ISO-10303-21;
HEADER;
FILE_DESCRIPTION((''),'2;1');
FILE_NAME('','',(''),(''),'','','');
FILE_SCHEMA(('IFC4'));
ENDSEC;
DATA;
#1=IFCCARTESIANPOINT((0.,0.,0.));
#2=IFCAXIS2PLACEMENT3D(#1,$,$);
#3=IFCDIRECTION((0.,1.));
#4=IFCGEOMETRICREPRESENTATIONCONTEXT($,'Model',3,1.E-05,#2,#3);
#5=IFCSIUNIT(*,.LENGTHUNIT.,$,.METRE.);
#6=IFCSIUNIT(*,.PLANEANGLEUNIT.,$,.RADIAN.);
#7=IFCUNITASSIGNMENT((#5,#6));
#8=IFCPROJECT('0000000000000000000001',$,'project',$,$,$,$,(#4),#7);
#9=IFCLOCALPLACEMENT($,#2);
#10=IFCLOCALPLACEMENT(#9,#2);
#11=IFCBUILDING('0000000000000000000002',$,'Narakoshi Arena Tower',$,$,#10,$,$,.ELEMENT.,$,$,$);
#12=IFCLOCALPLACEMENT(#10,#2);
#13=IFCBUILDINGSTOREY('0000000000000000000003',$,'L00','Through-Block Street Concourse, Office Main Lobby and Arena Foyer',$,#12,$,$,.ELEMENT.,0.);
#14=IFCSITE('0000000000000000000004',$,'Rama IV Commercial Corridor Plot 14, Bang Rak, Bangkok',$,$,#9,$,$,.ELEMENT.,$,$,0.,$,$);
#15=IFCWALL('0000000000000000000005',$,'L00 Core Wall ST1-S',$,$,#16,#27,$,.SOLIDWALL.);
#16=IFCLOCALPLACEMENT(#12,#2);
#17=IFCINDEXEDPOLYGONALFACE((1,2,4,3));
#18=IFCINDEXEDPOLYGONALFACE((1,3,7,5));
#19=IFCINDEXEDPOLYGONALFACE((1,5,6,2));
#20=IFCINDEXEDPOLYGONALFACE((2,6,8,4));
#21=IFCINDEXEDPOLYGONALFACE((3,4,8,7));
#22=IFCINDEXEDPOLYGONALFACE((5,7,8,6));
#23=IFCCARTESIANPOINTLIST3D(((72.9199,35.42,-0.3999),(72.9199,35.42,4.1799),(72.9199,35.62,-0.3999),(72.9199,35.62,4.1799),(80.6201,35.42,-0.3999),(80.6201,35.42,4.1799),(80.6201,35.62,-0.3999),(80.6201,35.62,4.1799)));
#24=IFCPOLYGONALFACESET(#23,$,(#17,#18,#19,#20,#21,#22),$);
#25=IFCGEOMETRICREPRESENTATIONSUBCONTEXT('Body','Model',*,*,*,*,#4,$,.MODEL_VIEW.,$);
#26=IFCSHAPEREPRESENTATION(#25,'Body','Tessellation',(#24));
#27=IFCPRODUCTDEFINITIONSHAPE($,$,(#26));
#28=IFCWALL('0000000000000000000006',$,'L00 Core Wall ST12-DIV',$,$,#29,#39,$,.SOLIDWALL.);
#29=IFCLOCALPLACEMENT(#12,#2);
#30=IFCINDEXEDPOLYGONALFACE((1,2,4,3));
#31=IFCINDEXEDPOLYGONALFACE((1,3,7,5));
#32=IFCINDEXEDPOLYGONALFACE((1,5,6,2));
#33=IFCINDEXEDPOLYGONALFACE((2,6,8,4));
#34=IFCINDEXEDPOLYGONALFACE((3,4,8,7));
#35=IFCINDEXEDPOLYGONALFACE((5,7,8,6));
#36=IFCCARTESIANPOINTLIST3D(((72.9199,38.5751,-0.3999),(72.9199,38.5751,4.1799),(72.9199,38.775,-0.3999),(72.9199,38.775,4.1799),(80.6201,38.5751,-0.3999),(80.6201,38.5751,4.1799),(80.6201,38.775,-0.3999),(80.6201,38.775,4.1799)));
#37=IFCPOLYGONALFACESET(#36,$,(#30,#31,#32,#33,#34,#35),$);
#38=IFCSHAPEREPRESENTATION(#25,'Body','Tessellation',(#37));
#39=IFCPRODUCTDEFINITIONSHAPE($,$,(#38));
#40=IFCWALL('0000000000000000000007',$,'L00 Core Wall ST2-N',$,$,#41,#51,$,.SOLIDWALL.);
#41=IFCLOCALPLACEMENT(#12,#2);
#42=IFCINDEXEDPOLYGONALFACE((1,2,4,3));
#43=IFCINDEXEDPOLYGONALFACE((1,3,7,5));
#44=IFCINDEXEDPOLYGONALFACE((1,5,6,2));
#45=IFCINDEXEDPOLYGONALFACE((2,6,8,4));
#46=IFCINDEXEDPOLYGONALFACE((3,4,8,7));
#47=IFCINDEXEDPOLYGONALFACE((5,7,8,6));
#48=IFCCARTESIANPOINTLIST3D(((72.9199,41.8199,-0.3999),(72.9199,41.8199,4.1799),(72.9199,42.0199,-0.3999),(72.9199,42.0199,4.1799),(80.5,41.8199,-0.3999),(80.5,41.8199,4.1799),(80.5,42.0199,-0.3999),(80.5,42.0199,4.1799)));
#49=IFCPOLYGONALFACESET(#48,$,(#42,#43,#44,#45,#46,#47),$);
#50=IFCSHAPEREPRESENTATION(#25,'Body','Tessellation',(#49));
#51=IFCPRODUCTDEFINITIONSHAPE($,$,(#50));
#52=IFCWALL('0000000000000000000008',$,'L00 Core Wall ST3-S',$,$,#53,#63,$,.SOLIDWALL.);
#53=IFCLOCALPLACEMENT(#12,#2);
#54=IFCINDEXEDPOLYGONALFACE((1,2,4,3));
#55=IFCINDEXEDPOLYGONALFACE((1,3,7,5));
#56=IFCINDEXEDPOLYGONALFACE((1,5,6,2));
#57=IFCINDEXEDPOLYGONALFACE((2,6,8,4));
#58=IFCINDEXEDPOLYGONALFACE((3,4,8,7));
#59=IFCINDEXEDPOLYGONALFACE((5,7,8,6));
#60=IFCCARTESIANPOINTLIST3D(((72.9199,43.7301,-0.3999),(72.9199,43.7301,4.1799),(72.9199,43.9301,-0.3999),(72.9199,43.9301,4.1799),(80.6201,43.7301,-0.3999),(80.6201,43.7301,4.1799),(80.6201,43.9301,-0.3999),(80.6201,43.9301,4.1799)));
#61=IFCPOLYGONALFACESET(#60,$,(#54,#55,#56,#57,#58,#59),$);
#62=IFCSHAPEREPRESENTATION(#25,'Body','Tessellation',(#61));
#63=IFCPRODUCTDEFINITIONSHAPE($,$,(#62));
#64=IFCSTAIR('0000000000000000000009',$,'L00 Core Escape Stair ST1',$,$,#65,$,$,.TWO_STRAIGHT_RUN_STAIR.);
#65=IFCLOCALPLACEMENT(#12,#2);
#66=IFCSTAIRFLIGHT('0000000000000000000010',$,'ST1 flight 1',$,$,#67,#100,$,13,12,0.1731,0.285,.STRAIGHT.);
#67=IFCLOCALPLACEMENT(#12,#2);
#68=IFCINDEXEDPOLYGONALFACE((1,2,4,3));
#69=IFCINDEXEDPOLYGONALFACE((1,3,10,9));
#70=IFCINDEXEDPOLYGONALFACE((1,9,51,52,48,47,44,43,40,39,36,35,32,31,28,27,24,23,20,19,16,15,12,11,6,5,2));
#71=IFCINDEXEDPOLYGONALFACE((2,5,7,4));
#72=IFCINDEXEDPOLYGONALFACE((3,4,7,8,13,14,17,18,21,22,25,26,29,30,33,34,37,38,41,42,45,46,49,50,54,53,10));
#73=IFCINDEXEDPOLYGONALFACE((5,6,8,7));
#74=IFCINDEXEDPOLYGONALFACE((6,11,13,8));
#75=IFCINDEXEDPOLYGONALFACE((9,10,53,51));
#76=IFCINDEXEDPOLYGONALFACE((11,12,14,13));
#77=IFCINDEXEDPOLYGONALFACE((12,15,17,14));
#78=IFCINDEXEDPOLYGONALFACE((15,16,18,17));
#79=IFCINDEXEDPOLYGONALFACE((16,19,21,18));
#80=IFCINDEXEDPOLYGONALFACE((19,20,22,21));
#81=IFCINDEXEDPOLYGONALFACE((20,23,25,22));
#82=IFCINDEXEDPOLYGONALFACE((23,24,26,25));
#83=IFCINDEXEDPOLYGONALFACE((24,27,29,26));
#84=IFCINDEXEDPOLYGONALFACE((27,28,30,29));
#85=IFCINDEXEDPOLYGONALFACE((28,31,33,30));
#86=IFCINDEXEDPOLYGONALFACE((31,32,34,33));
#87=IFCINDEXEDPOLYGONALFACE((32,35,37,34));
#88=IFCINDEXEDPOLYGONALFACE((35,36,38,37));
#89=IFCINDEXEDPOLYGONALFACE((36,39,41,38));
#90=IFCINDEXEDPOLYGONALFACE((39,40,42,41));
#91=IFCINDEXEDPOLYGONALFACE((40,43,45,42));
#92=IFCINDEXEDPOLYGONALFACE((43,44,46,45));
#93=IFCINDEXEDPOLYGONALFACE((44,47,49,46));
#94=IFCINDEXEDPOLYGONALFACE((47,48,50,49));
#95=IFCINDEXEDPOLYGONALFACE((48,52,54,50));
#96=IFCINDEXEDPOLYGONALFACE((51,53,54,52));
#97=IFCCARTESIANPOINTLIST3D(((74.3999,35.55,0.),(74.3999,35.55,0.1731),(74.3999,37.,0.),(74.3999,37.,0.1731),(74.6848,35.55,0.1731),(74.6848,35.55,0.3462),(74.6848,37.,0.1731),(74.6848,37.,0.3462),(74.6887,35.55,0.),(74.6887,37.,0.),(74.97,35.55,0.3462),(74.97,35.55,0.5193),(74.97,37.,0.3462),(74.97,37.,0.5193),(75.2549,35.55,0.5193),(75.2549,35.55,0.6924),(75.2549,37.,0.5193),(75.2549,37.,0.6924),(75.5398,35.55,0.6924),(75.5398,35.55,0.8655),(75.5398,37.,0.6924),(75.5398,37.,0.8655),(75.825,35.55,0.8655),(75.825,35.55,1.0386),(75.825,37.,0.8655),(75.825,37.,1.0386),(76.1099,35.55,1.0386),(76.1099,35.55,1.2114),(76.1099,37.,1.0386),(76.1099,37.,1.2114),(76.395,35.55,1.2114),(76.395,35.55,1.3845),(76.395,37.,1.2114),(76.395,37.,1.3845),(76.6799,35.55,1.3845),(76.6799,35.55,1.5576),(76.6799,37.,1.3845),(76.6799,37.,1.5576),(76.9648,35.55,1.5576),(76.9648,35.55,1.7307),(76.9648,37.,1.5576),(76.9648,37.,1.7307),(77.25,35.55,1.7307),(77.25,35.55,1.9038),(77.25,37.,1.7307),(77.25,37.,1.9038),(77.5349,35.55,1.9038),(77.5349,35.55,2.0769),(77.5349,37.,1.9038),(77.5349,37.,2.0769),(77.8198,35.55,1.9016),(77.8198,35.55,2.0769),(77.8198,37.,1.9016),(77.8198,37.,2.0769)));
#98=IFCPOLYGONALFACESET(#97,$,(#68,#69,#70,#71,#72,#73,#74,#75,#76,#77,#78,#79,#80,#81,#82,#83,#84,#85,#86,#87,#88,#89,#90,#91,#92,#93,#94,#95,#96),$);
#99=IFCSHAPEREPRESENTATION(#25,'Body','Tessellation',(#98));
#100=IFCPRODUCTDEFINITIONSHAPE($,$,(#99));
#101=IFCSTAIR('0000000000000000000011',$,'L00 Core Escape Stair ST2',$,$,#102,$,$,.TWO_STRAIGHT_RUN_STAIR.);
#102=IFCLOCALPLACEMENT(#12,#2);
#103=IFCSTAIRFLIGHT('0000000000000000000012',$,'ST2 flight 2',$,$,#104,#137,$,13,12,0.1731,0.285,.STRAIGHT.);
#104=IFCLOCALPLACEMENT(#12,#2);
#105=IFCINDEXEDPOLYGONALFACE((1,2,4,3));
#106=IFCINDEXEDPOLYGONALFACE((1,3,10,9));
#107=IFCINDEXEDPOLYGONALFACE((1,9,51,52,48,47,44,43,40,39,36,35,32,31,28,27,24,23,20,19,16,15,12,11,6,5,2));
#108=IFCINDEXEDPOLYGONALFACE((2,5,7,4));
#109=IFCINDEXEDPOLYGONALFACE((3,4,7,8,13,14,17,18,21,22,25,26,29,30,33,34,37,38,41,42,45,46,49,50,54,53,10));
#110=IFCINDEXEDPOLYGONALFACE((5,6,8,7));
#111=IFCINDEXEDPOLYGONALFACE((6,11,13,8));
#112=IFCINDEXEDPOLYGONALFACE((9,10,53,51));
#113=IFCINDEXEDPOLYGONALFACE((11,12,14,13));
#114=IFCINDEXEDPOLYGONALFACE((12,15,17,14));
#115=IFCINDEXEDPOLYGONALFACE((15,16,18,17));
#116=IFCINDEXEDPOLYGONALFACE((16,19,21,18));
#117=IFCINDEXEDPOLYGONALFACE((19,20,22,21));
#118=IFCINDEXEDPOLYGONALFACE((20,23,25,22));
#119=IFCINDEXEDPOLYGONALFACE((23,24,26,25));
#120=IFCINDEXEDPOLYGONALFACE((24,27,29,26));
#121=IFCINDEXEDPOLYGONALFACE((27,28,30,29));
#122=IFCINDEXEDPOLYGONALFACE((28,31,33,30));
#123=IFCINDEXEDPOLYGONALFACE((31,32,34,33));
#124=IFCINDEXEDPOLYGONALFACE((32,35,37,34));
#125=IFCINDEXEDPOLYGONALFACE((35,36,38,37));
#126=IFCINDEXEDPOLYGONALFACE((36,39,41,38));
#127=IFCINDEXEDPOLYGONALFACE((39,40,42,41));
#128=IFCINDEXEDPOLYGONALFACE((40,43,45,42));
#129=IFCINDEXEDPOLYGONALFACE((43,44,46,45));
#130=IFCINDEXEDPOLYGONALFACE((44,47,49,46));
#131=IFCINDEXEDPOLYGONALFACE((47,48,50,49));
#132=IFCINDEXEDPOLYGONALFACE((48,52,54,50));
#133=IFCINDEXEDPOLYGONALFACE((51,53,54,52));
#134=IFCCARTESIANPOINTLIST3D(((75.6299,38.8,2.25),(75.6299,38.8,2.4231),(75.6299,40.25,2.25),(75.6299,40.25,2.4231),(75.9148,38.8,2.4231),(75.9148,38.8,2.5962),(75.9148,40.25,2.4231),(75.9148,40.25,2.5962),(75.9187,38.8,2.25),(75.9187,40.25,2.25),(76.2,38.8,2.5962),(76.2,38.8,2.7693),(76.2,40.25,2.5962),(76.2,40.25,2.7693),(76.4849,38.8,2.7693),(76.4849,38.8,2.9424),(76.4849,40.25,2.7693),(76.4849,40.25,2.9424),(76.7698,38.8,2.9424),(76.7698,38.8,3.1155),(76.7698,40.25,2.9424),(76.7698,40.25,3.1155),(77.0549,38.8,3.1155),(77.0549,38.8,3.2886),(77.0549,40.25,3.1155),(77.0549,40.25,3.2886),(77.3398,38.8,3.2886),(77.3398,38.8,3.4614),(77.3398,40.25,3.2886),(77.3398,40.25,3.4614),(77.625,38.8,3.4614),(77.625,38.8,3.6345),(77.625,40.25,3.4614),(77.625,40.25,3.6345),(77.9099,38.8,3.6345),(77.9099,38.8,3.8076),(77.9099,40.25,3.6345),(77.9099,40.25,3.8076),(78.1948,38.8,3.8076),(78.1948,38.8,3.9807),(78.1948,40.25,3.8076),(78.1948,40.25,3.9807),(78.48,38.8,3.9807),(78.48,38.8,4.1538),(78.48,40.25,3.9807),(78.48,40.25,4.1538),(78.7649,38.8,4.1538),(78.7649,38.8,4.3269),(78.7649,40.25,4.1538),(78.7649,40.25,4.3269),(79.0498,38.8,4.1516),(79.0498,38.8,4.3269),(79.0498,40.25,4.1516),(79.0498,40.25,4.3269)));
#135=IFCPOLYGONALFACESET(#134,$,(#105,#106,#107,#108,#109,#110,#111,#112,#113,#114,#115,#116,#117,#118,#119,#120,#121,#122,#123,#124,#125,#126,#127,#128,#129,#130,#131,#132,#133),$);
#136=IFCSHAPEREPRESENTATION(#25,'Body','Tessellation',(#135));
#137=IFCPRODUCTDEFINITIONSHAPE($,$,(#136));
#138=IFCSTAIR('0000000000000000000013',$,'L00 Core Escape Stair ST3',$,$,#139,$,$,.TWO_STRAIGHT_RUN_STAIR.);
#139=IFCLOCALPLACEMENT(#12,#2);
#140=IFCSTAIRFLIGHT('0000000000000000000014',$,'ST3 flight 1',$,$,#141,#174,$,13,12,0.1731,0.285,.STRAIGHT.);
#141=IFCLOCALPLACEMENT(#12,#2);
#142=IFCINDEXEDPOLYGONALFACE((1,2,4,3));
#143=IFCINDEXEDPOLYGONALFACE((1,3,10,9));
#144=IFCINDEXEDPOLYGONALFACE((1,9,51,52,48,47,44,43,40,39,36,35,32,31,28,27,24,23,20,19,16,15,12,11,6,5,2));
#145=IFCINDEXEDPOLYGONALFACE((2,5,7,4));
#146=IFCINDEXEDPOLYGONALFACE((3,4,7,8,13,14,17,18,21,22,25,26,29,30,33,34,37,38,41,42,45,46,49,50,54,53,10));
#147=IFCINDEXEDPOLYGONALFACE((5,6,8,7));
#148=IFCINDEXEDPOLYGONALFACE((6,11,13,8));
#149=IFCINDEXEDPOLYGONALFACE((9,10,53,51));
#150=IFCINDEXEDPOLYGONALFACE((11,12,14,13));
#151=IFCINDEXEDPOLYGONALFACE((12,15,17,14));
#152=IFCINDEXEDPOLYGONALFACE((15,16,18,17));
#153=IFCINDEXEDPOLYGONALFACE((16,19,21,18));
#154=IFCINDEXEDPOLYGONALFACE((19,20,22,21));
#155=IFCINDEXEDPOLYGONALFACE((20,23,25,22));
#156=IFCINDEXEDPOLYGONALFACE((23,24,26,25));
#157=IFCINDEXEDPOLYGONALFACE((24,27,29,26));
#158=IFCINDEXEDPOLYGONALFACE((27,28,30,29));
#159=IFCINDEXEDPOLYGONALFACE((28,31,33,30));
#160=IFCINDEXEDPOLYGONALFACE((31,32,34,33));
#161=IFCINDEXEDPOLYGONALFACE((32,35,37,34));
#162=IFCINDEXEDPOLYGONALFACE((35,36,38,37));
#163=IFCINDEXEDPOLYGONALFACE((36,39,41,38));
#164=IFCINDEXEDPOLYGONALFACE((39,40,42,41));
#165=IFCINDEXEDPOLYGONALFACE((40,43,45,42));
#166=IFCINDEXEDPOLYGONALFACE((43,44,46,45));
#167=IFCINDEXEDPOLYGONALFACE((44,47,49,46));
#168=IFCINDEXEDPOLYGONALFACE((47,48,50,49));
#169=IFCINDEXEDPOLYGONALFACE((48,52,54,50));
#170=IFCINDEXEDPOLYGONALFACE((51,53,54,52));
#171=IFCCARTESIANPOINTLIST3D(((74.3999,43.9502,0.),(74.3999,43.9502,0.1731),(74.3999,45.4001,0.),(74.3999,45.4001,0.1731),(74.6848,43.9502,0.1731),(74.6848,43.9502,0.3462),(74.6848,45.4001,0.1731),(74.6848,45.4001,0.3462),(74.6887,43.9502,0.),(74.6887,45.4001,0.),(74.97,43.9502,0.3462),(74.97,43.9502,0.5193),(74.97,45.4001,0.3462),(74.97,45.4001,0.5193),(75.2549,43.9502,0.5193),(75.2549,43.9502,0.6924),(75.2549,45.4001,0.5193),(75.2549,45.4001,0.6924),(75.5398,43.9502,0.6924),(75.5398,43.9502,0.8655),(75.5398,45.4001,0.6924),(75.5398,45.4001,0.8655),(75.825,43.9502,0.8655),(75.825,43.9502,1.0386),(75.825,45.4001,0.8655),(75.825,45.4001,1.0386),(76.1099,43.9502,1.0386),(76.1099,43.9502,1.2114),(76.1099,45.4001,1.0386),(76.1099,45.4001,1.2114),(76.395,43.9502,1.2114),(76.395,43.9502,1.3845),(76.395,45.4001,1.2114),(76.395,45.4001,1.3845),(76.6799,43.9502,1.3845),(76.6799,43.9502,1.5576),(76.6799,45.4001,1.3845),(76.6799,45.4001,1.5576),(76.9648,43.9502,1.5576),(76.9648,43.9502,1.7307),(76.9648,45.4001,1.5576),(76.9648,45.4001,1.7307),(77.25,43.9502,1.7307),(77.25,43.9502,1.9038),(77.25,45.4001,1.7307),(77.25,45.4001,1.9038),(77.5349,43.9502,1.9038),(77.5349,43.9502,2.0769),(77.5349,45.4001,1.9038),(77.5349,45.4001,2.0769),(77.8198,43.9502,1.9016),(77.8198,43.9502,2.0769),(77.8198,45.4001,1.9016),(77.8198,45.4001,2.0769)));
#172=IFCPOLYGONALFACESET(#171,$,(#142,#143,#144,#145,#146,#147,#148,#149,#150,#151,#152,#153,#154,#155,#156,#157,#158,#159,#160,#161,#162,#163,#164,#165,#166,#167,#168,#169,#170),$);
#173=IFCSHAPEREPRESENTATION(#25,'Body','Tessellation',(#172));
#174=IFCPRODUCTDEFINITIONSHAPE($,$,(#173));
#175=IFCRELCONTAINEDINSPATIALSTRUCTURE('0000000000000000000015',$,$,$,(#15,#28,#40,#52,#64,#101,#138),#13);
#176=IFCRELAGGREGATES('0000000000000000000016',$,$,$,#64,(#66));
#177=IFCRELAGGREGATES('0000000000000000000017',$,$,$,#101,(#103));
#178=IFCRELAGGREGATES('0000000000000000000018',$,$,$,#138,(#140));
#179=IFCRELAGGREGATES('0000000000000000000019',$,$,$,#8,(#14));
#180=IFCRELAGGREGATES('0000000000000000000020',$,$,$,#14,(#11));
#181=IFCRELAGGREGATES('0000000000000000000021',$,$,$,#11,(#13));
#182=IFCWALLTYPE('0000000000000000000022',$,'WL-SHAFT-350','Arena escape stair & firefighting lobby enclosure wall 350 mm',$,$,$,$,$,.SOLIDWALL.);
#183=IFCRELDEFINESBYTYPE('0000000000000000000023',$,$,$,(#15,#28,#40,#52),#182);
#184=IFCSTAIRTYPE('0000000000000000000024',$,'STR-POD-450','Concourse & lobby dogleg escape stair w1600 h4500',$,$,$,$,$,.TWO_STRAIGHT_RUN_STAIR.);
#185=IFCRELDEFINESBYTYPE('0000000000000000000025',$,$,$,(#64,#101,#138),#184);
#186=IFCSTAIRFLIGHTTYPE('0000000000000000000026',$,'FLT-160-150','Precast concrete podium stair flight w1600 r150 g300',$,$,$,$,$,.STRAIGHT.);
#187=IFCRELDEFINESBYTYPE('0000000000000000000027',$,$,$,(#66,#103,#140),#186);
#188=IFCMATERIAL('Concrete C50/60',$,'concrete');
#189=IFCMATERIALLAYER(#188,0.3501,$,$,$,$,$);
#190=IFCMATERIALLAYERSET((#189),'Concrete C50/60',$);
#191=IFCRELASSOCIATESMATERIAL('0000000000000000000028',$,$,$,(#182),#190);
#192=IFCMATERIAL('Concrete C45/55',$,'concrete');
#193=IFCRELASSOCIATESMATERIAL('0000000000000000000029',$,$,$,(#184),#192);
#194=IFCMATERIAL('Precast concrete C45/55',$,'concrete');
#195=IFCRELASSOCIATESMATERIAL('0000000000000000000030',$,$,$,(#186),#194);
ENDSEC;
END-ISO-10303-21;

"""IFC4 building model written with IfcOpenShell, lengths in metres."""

from ifc_helpers import new_model, si_unit, direction, frame, frame_2d, origin, place, context, subcontext, project, spatial, polyline, rectangle, outline, extrude, material, layer, layer_set, type_object, element, aggregate, save


model = new_model("IFC4")

# Units and contexts
model_context = context("Model", 3, precision=1e-05, world=origin(), true_north=direction((0.0, 1.0)))
body_context = subcontext(model_context, "Body", "Model", "MODEL_VIEW")
ifc_project = project(units=[si_unit("LENGTHUNIT", "METRE"), si_unit("PLANEANGLEUNIT", "RADIAN")], contexts=[model_context])

# Site, building, storey
site_placement = place(None, origin())
site = spatial("IfcSite", under=ifc_project, at=site_placement, Name="Rama IV Commercial Corridor Plot 14, Bang Rak, Bangkok", CompositionType="ELEMENT", RefElevation=0.0)
building_placement = place(site_placement, origin())
building = spatial("IfcBuilding", under=site, at=building_placement, Name="Narakoshi Arena Tower", CompositionType="ELEMENT")
storey_placement = place(building_placement, origin())
storey = spatial("IfcBuildingStorey", under=building, at=storey_placement, Name="L00", Description="Through-Block Street Concourse, Office Main Lobby and Arena Foyer", CompositionType="ELEMENT", Elevation=0.0)

# Walls
ifc_material_1 = material(Name="Concrete C50/60", Category="concrete")
ifc_layer_1 = layer(ifc_material_1, 0.3501)
ifc_layer_set_1 = layer_set([ifc_layer_1], Name="Concrete C50/60")
wall_type_1 = type_object("IfcWallType", Name="WL-SHAFT-350", Description="Arena escape stair & firefighting lobby enclosure wall 350 mm", PredefinedType="SOLIDWALL", material=ifc_layer_set_1)
for number, where, z_axis, x_axis, name in (
    (1, (72.9199, 35.52, -0.3999), (0.0, 0.0, 1.0), (1.0, 0.0, 0.0), "L00 Core Wall ST1-S"),
    (2, (72.9199, 38.675, -0.3999), (0.0, 0.0, 1.0), (1.0, 0.0, 0.0), "L00 Core Wall ST12-DIV"),
):
    element("IfcWall", number, at=place(storey_placement, frame(where, z_axis=z_axis, x_axis=x_axis)), inside=storey, type_object=wall_type_1, Name=name, PredefinedType="SOLIDWALL", context=body_context, shape_type="SweptSolid", body=[
        extrude(rectangle(XDim=7.7002, YDim=0.2, at=frame_2d((3.8501, 0.0))), origin(), (0.0, 0.0, 1.0), 4.5798),
    ])
wall_1_placement = place(storey_placement, frame((72.9199, 41.9199, -0.3999), z_axis=(0.0, 0.0, 1.0), x_axis=(1.0, 0.0, 0.0)))
element("IfcWall", 3, at=wall_1_placement, inside=storey, type_object=wall_type_1, Name="L00 Core Wall ST2-N", PredefinedType="SOLIDWALL", context=body_context, shape_type="SweptSolid", body=[
    extrude(rectangle(XDim=7.5801, YDim=0.2, at=frame_2d((3.79, 0.0))), origin(), (0.0, 0.0, 1.0), 4.5798),
])
wall_2_placement = place(storey_placement, frame((72.9199, 43.8301, -0.3999), z_axis=(0.0, 0.0, 1.0), x_axis=(1.0, 0.0, 0.0)))
element("IfcWall", 4, at=wall_2_placement, inside=storey, type_object=wall_type_1, Name="L00 Core Wall ST3-S", PredefinedType="SOLIDWALL", context=body_context, shape_type="SweptSolid", body=[
    extrude(rectangle(XDim=7.7002, YDim=0.2, at=frame_2d((3.8501, 0.0))), origin(), (0.0, 0.0, 1.0), 4.5798),
])

# Stairs, stair flights
ifc_material_2 = material(Name="Concrete C45/55", Category="concrete")
stair_type = type_object("IfcStairType", Name="STR-POD-450", Description="Concourse & lobby dogleg escape stair w1600 h4500", PredefinedType="TWO_STRAIGHT_RUN_STAIR", material=ifc_material_2)
stair_1_placement = place(storey_placement, origin())
stair_1 = element("IfcStair", 5, at=stair_1_placement, inside=storey, type_object=stair_type, Name="L00 Core Escape Stair ST1", PredefinedType="TWO_STRAIGHT_RUN_STAIR")
ifc_material_3 = material(Name="Precast concrete C45/55", Category="concrete")
stair_flight_type = type_object("IfcStairFlightType", Name="FLT-160-150", Description="Precast concrete podium stair flight w1600 r150 g300", PredefinedType="STRAIGHT", material=ifc_material_3)
stair_flight_1_placement = place(storey_placement, frame((74.3999, 36.2749, 0.0), z_axis=(0.0, 0.0, 1.0), x_axis=(1.0, 0.0, 0.0)))
stair_flight_1 = element("IfcStairFlight", 6, at=stair_flight_1_placement, type_object=stair_flight_type, Name="ST1 flight 1", NumberOfRisers=13, NumberOfTreads=12, PredefinedType="STRAIGHT", RiserHeight=0.1731, TreadLength=0.285, context=body_context, shape_type="SweptSolid", body=[
    extrude(outline(polyline([(0.0, 0.0), (0.0, 0.1731), (0.2849, 0.1731), (0.2849, 0.3462), (0.5701, 0.3462), (0.5701, 0.5193), (0.855, 0.5193), (0.855, 0.6924), (1.1399, 0.6924), (1.1399, 0.8655), (1.425, 0.8655), (1.425, 1.0386), (1.71, 1.0386), (1.71, 1.2114), (1.9951, 1.2114), (1.9951, 1.3845), (2.28, 1.3845), (2.28, 1.5576), (2.5649, 1.5576), (2.5649, 1.7307), (2.8501, 1.7307), (2.8501, 1.9038), (3.135, 1.9038), (3.135, 2.0769), (3.4199, 2.0769), (3.4199, 2.25), (3.4199, 1.9016), (0.2888, 0.0), (0.0, 0.0)])), frame((0.0, 0.7251, 0.0), z_axis=(0.0, -1.0, 0.0), x_axis=(1.0, 0.0, 0.0)), (0.0, 0.0, 1.0), 1.45),
])
aggregate(stair_1, [stair_flight_1])
stair_2_placement = place(storey_placement, origin())
stair_2 = element("IfcStair", 7, at=stair_2_placement, inside=storey, type_object=stair_type, Name="L00 Core Escape Stair ST2", PredefinedType="TWO_STRAIGHT_RUN_STAIR")
stair_flight_2_placement = place(storey_placement, frame((75.6299, 39.5249, 2.25), z_axis=(0.0, 0.0, 1.0), x_axis=(1.0, 0.0, 0.0)))
stair_flight_2 = element("IfcStairFlight", 8, at=stair_flight_2_placement, type_object=stair_flight_type, Name="ST2 flight 2", NumberOfRisers=13, NumberOfTreads=12, PredefinedType="STRAIGHT", RiserHeight=0.1731, TreadLength=0.285, context=body_context, shape_type="SweptSolid", body=[
    extrude(outline(polyline([(0.0, 0.0), (0.0, 0.1731), (0.2849, 0.1731), (0.2849, 0.3462), (0.5701, 0.3462), (0.5701, 0.5193), (0.855, 0.5193), (0.855, 0.6924), (1.1399, 0.6924), (1.1399, 0.8655), (1.425, 0.8655), (1.425, 1.0386), (1.71, 1.0386), (1.71, 1.2114), (1.9951, 1.2114), (1.9951, 1.3845), (2.28, 1.3845), (2.28, 1.5576), (2.5649, 1.5576), (2.5649, 1.7307), (2.8501, 1.7307), (2.8501, 1.9038), (3.135, 1.9038), (3.135, 2.0769), (3.4199, 2.0769), (3.4199, 2.25), (3.4199, 1.9016), (0.2888, 0.0), (0.0, 0.0)])), frame((0.0, 0.7251, 0.0), z_axis=(0.0, -1.0, 0.0), x_axis=(1.0, 0.0, 0.0)), (0.0, 0.0, 1.0), 1.45),
])
aggregate(stair_2, [stair_flight_2])
stair_3_placement = place(storey_placement, origin())
stair_3 = element("IfcStair", 9, at=stair_3_placement, inside=storey, type_object=stair_type, Name="L00 Core Escape Stair ST3", PredefinedType="TWO_STRAIGHT_RUN_STAIR")
stair_flight_3_placement = place(storey_placement, frame((74.3999, 44.675, 0.0), z_axis=(0.0, 0.0, 1.0), x_axis=(1.0, 0.0, 0.0)))
stair_flight_3 = element("IfcStairFlight", 10, at=stair_flight_3_placement, type_object=stair_flight_type, Name="ST3 flight 1", NumberOfRisers=13, NumberOfTreads=12, PredefinedType="STRAIGHT", RiserHeight=0.1731, TreadLength=0.285, context=body_context, shape_type="SweptSolid", body=[
    extrude(outline(polyline([(0.0, 0.0), (0.0, 0.1731), (0.2849, 0.1731), (0.2849, 0.3462), (0.5701, 0.3462), (0.5701, 0.5193), (0.855, 0.5193), (0.855, 0.6924), (1.1399, 0.6924), (1.1399, 0.8655), (1.425, 0.8655), (1.425, 1.0386), (1.71, 1.0386), (1.71, 1.2114), (1.9951, 1.2114), (1.9951, 1.3845), (2.28, 1.3845), (2.28, 1.5576), (2.5649, 1.5576), (2.5649, 1.7307), (2.8501, 1.7307), (2.8501, 1.9038), (3.135, 1.9038), (3.135, 2.0769), (3.4199, 2.0769), (3.4199, 2.25), (3.4199, 1.9016), (0.2888, 0.0), (0.0, 0.0)])), frame((0.0, 0.7251, 0.0), z_axis=(0.0, -1.0, 0.0), x_axis=(1.0, 0.0, 0.0)), (0.0, 0.0, 1.0), 1.45),
])
aggregate(stair_3, [stair_flight_3])

save(model, "model.ifc")
